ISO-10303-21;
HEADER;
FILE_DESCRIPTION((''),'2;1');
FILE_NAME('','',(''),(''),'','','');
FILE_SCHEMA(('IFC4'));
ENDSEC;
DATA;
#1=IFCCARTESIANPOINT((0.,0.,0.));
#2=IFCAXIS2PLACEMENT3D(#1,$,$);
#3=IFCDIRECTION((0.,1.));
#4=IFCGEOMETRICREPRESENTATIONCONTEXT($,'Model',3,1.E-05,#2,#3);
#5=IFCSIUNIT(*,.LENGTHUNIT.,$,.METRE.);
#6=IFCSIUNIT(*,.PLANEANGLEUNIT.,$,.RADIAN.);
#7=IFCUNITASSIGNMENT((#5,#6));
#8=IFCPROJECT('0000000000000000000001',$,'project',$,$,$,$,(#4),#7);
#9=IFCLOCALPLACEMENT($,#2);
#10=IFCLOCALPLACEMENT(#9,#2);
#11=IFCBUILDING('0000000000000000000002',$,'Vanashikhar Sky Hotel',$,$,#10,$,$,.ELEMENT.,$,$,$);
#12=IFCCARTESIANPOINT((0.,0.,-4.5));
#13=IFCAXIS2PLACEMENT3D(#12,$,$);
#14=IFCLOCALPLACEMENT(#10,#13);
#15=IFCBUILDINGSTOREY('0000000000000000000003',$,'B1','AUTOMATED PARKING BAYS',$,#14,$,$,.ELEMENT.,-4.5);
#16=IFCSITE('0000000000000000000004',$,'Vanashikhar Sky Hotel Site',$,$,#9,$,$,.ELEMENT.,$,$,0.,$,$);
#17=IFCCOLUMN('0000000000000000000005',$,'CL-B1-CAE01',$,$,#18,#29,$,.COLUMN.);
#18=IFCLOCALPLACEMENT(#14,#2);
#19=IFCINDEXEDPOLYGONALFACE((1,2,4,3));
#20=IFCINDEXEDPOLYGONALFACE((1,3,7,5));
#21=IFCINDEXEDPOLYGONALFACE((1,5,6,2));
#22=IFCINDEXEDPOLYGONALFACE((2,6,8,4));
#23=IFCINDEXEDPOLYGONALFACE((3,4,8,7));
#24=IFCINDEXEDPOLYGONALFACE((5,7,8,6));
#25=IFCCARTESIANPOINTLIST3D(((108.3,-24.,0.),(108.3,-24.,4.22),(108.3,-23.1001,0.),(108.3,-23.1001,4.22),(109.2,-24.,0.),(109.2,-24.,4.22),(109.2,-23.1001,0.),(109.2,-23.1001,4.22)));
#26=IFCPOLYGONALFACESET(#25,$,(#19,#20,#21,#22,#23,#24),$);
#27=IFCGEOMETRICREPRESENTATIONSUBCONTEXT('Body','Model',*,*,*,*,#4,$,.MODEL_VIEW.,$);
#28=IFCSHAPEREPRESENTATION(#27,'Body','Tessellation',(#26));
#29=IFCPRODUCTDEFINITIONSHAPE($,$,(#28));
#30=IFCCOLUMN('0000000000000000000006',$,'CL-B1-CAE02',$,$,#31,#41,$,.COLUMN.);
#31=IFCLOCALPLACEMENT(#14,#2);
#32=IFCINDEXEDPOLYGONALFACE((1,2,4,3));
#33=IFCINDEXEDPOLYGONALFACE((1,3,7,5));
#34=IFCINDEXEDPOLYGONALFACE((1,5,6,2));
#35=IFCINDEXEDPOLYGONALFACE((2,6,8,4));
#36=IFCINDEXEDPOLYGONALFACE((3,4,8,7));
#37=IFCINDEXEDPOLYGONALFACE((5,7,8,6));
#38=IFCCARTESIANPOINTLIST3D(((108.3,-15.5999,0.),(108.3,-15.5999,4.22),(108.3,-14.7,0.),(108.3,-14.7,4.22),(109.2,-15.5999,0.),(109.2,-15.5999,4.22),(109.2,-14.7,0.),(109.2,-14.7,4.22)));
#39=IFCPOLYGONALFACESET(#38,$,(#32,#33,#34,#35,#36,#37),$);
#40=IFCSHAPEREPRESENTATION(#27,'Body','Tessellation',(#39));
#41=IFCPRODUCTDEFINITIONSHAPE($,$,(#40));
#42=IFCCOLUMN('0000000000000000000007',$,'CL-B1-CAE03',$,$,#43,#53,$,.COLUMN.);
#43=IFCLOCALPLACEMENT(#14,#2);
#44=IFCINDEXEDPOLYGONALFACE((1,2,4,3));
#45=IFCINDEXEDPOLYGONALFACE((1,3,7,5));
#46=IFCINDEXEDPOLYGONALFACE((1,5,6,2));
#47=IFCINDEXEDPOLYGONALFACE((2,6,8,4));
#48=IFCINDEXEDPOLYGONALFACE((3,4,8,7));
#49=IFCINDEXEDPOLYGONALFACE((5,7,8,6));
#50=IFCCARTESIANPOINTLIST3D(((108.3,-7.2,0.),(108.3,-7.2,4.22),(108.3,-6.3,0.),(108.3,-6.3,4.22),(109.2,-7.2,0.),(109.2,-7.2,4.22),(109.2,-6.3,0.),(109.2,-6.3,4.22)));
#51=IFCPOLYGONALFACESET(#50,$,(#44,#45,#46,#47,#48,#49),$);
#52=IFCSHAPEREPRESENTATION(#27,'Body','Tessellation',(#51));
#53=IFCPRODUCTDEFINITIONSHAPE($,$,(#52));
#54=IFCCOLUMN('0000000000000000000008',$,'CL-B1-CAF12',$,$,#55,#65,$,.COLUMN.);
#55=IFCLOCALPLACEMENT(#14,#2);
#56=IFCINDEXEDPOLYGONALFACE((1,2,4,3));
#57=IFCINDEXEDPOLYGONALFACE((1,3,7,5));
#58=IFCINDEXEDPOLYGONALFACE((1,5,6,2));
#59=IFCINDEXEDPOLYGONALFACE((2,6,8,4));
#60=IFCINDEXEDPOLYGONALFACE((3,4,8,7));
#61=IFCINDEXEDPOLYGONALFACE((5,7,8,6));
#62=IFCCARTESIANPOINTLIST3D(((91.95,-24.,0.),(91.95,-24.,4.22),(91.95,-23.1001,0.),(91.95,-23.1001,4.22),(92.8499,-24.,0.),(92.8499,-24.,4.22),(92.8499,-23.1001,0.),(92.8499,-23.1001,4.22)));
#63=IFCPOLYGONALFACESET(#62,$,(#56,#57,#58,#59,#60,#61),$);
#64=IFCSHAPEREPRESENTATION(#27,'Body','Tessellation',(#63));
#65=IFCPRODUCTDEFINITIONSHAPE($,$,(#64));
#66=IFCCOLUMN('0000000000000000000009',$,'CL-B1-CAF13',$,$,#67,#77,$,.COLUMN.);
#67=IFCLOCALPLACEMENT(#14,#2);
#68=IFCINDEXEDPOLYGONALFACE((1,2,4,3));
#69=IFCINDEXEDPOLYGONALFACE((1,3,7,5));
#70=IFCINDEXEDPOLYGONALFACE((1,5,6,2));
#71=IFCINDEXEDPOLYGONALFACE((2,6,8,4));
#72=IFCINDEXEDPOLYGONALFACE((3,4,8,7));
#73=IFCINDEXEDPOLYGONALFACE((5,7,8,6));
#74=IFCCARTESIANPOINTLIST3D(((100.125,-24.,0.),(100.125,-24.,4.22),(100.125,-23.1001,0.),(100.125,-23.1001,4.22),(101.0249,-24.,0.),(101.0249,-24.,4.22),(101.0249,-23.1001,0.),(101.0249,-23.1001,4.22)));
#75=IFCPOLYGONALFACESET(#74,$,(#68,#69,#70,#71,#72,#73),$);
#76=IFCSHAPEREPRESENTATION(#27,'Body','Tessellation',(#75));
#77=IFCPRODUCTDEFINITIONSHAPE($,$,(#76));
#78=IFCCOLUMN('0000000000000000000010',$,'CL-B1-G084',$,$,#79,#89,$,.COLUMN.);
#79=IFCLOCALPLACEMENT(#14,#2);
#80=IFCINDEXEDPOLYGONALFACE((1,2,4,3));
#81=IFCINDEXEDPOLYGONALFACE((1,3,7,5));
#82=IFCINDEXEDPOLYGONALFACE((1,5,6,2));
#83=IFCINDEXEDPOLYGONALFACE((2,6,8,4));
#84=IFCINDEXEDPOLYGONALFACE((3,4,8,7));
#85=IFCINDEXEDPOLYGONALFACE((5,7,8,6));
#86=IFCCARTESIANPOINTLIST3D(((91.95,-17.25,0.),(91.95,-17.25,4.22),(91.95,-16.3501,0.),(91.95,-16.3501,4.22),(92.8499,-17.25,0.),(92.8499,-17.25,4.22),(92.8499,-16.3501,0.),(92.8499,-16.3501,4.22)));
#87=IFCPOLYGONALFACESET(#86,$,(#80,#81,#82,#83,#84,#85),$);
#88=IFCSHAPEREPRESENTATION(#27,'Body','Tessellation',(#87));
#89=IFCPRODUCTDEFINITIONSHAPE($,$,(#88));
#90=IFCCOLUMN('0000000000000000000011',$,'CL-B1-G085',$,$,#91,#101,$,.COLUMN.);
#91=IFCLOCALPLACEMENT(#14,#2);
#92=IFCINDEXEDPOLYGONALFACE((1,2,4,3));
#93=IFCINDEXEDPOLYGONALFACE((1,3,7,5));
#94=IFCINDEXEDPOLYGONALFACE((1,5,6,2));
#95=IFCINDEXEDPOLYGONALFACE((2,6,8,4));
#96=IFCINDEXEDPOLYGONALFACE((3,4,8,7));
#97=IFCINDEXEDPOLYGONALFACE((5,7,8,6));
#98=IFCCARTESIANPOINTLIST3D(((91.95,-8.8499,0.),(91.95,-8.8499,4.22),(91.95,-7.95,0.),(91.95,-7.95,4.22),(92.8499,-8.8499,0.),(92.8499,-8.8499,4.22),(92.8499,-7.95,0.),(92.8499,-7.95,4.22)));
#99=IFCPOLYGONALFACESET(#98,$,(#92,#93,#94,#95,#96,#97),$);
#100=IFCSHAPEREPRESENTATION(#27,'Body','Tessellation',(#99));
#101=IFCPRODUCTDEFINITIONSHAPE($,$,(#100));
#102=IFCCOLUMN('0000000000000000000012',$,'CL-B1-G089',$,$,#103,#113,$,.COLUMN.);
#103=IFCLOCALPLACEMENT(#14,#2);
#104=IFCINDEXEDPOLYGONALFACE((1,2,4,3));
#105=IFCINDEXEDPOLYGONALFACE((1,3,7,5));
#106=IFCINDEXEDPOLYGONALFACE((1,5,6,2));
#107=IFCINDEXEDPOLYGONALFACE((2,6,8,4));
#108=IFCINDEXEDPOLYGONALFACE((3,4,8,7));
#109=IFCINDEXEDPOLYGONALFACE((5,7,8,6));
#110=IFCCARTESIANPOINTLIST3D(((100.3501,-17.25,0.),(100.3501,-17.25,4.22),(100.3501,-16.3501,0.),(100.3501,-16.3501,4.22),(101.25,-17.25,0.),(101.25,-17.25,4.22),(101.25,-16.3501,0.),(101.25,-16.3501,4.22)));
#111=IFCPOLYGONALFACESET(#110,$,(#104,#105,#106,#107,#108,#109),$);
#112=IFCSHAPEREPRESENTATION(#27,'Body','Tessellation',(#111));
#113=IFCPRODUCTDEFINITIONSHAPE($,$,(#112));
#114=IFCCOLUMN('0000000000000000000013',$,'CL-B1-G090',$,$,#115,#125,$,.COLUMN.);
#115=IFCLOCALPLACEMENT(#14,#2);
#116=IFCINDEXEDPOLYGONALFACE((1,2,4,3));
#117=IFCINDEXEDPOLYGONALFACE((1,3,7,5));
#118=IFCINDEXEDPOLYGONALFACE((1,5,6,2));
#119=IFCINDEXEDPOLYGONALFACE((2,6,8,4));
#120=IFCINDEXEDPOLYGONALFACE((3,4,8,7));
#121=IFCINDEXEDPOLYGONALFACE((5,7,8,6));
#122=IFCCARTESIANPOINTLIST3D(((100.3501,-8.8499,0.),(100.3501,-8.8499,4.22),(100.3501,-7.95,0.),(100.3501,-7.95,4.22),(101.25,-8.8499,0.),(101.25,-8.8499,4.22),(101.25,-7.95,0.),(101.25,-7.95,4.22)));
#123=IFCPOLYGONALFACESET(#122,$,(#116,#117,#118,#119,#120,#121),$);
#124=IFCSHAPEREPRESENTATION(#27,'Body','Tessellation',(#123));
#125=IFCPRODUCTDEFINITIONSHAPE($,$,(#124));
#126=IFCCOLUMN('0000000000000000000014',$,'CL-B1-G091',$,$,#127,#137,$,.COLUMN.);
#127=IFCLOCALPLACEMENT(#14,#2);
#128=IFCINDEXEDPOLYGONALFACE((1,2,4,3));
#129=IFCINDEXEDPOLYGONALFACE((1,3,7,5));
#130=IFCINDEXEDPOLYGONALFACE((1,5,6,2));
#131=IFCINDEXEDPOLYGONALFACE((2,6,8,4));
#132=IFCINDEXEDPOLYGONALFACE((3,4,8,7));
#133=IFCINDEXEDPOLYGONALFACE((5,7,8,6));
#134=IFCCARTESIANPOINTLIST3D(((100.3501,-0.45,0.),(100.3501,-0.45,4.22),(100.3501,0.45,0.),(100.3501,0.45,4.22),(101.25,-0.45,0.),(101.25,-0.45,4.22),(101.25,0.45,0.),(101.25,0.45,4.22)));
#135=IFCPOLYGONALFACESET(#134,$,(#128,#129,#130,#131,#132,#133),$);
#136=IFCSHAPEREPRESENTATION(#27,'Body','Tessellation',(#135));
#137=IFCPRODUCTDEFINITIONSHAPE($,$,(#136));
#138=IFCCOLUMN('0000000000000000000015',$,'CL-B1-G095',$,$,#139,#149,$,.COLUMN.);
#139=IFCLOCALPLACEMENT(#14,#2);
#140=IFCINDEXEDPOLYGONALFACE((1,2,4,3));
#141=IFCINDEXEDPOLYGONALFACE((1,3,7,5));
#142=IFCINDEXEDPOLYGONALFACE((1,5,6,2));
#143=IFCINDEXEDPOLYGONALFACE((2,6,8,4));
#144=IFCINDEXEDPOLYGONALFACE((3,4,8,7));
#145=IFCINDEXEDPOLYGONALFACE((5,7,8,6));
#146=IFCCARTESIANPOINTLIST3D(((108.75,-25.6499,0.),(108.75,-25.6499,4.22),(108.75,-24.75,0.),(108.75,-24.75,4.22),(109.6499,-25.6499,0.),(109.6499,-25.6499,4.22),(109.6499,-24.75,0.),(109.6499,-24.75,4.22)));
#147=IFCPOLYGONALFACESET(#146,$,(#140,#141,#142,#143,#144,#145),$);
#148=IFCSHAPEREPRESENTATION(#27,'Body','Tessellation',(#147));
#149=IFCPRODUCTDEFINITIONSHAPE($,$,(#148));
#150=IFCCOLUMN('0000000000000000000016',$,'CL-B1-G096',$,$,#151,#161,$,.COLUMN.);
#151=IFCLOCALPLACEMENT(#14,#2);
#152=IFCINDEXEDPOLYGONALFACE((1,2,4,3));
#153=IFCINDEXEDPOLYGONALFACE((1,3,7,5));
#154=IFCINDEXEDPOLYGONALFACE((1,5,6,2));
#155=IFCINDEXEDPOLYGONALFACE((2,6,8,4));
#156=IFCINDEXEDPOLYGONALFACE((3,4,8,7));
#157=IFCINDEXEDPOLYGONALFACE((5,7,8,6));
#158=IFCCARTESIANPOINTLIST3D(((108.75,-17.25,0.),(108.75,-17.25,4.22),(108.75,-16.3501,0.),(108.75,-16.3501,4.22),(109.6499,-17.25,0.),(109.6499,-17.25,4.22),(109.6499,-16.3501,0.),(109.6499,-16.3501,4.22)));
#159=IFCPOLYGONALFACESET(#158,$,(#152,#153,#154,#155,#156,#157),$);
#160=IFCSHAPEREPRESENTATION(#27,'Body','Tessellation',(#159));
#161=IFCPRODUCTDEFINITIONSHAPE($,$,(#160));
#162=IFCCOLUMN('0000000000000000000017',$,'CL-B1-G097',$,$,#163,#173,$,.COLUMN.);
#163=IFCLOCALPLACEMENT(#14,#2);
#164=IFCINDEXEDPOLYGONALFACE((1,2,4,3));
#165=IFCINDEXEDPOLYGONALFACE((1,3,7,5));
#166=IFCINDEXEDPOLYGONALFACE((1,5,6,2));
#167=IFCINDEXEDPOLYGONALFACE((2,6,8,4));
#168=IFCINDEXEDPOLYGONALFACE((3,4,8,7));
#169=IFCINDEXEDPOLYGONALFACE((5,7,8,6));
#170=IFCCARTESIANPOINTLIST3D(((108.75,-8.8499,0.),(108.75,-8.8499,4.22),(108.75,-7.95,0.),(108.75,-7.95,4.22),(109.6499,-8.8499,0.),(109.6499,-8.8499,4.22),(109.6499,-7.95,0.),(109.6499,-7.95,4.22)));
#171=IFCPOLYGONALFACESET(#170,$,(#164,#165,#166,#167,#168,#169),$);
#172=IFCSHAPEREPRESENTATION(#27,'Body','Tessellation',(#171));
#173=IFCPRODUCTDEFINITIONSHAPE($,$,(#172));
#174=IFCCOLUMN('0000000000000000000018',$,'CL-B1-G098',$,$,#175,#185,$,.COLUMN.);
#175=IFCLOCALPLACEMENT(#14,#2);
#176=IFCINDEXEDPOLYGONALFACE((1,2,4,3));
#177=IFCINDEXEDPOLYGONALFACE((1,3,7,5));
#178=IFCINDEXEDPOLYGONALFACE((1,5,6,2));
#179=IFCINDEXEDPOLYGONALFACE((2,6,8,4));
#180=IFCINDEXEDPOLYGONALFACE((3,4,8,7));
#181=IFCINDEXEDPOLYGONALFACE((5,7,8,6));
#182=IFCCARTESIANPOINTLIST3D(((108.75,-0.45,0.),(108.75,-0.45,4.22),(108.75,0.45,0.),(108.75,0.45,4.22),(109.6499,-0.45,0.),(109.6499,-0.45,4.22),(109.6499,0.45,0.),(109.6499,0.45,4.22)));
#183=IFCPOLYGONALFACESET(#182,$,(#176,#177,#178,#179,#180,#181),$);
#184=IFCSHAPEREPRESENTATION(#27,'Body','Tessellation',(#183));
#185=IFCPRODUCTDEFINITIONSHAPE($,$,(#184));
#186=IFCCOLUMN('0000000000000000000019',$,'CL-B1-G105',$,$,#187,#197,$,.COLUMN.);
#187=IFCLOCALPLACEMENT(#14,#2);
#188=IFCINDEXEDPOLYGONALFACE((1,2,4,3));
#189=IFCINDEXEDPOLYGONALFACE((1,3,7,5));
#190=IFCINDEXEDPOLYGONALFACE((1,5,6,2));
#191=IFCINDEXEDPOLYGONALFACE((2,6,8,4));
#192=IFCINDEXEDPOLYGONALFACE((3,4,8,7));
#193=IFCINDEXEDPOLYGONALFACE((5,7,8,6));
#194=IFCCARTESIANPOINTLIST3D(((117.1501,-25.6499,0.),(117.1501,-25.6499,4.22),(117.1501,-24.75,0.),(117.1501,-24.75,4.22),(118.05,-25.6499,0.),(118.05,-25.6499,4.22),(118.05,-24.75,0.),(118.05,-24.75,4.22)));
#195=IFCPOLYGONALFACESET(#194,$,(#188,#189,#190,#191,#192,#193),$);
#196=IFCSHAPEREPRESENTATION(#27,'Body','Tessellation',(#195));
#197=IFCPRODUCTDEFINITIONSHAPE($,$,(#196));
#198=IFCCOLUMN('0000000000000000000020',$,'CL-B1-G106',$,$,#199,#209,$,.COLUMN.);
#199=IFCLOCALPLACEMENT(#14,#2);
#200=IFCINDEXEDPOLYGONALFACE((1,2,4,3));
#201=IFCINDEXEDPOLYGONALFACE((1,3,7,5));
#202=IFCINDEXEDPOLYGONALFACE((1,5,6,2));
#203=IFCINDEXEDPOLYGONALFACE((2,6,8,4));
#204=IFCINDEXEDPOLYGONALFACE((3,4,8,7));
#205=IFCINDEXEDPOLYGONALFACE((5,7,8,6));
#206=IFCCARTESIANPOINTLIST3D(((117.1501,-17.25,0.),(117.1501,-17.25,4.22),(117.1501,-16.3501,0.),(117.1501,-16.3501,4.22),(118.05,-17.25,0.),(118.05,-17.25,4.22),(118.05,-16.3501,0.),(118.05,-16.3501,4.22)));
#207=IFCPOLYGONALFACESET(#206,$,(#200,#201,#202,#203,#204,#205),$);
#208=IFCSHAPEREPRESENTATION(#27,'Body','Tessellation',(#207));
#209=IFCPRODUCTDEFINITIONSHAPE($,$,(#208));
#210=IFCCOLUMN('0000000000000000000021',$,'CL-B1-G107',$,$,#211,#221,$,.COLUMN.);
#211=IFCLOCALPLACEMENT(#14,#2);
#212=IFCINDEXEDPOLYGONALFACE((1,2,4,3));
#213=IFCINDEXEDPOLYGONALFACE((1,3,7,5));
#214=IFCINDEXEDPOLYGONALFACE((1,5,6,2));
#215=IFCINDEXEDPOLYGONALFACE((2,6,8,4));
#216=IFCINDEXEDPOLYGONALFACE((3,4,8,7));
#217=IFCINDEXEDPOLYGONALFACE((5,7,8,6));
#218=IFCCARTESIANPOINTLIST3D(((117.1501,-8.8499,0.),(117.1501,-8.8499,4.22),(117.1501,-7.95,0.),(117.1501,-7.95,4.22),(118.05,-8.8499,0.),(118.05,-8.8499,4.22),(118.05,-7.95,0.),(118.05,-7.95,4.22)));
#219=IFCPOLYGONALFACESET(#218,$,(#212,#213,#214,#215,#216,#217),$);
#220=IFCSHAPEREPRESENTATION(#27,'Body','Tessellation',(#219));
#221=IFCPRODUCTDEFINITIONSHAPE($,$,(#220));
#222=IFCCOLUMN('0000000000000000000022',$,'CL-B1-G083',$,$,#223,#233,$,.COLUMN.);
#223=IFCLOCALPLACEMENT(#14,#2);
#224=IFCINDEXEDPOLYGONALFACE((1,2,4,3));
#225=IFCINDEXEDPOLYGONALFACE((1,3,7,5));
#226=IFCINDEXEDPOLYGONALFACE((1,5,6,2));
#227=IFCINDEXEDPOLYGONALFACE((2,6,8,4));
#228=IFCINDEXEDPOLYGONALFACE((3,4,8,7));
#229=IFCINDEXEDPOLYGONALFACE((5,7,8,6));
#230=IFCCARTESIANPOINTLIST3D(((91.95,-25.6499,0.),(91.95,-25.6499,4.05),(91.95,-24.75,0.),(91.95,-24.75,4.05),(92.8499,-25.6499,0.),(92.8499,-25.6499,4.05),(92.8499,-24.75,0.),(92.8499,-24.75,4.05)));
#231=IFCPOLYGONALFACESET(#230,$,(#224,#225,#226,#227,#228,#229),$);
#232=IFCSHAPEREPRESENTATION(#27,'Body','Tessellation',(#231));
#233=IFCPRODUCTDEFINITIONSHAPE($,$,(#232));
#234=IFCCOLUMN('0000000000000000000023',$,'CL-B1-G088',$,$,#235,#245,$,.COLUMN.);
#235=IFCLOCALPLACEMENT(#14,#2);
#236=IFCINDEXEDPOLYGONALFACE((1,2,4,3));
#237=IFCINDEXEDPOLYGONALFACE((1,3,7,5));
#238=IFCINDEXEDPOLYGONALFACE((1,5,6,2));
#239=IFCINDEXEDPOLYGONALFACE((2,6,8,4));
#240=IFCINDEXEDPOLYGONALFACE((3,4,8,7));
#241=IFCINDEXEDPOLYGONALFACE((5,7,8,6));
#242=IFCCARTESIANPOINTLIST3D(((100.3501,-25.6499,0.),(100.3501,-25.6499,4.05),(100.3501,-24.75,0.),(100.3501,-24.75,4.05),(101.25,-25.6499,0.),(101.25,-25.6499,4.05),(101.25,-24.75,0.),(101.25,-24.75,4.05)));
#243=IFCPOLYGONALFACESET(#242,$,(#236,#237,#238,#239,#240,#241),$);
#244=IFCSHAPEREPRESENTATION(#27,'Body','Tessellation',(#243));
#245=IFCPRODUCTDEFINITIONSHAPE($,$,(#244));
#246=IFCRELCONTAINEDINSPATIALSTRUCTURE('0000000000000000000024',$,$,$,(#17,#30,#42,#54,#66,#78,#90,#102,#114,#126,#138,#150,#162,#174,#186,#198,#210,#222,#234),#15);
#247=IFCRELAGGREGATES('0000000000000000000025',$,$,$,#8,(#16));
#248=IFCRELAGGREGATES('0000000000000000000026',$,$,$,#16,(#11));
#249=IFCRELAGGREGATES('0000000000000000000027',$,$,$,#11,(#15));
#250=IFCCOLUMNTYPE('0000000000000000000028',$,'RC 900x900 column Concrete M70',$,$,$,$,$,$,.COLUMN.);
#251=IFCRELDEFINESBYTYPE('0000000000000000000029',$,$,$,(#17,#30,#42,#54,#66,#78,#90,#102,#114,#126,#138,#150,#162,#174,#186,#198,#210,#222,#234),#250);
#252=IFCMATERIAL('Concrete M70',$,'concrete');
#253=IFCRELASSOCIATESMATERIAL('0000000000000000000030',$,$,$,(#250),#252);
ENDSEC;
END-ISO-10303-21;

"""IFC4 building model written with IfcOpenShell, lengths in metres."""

from ifc_helpers import new_model, si_unit, direction, frame, origin, origin_2d, place, context, subcontext, project, spatial, rectangle, extrude, source, transform, mapped, material, material_profile, profile_set, type_object, element, save


model = new_model("IFC4")

# Units and contexts
model_context = context("Model", 3, precision=1e-05, world=origin(), true_north=direction((0.0, 1.0)))
body_context = subcontext(model_context, "Body", "Model", "MODEL_VIEW")
ifc_project = project(units=[si_unit("LENGTHUNIT", "METRE"), si_unit("PLANEANGLEUNIT", "RADIAN")], contexts=[model_context])

# Site, building, storey
site_placement = place(None, origin())
site = spatial("IfcSite", under=ifc_project, at=site_placement, Name="Vanashikhar Sky Hotel Site", CompositionType="ELEMENT", RefElevation=0.0)
building_placement = place(site_placement, origin())
building = spatial("IfcBuilding", under=site, at=building_placement, Name="Vanashikhar Sky Hotel", CompositionType="ELEMENT")
storey_placement = place(building_placement, frame((0.0, 0.0, -4.5)))
storey = spatial("IfcBuildingStorey", under=building, at=storey_placement, Name="B1", Description="AUTOMATED PARKING BAYS", CompositionType="ELEMENT", Elevation=-4.5)

# Columns
ifc_material_1 = material(Name="Concrete M70", Category="concrete")
ifc_material_profile = material_profile(ifc_material_1, rectangle(XDim=0.8999, YDim=0.8999, at=origin_2d()))
ifc_profile_set = profile_set([ifc_material_profile], Name="RC 900x900 column Concrete M70")
column_type = type_object("IfcColumnType", Name="RC 900x900 column Concrete M70", PredefinedType="COLUMN", material=ifc_profile_set)
shared_shape_1 = source(origin(), body_context, "Body", "SweptSolid", [
    extrude(rectangle(XDim=0.8999, YDim=0.8999, at=origin_2d()), origin(), (0.0, 0.0, 1.0), 4.22),
])
for number, where, z_axis, x_axis, name in (
    (1, (108.75, -23.55, 0.0), (0.0, 0.0, 1.0), (1.0, 0.0, 0.0), "CL-B1-CAE01"),
    (2, (108.75, -15.1499, 0.0), (0.0, 0.0, 1.0), (1.0, 0.0, 0.0), "CL-B1-CAE02"),
    (3, (108.75, -6.75, 0.0), (0.0, 0.0, 1.0), (1.0, 0.0, 0.0), "CL-B1-CAE03"),
    (4, (92.3999, -23.55, 0.0), (0.0, 0.0, 1.0), (1.0, 0.0, 0.0), "CL-B1-CAF12"),
    (5, (100.575, -23.55, 0.0), (0.0, 0.0, 1.0), (1.0, 0.0, 0.0), "CL-B1-CAF13"),
    (6, (92.3999, -16.8, 0.0), (0.0, 0.0, 1.0), (1.0, 0.0, 0.0), "CL-B1-G084"),
    (7, (92.3999, -8.3999, 0.0), (0.0, 0.0, 1.0), (1.0, 0.0, 0.0), "CL-B1-G085"),
    (8, (100.8, -16.8, 0.0), (0.0, 0.0, 1.0), (1.0, 0.0, 0.0), "CL-B1-G089"),
    (9, (100.8, -8.3999, 0.0), (0.0, 0.0, 1.0), (1.0, 0.0, 0.0), "CL-B1-G090"),
    (10, (100.8, 0.0, 0.0), (0.0, 0.0, 1.0), (1.0, 0.0, 0.0), "CL-B1-G091"),
    (11, (109.2, -25.2, 0.0), (0.0, 0.0, 1.0), (1.0, 0.0, 0.0), "CL-B1-G095"),
    (12, (109.2, -16.8, 0.0), (0.0, 0.0, 1.0), (1.0, 0.0, 0.0), "CL-B1-G096"),
    (13, (109.2, -8.3999, 0.0), (0.0, 0.0, 1.0), (1.0, 0.0, 0.0), "CL-B1-G097"),
    (14, (109.2, 0.0, 0.0), (0.0, 0.0, 1.0), (1.0, 0.0, 0.0), "CL-B1-G098"),
    (15, (117.6001, -25.2, 0.0), (0.0, 0.0, 1.0), (1.0, 0.0, 0.0), "CL-B1-G105"),
    (16, (117.6001, -16.8, 0.0), (0.0, 0.0, 1.0), (1.0, 0.0, 0.0), "CL-B1-G106"),
    (17, (117.6001, -8.3999, 0.0), (0.0, 0.0, 1.0), (1.0, 0.0, 0.0), "CL-B1-G107"),
):
    element("IfcColumn", number, at=place(storey_placement, frame(where, z_axis=z_axis, x_axis=x_axis)), inside=storey, type_object=column_type, Name=name, PredefinedType="COLUMN", context=body_context, shape_type="MappedRepresentation", body=[
        mapped(shared_shape_1, transform((0.0, 0.0, 0.0), scale=1.0)),
    ])
shared_shape_2 = source(origin(), body_context, "Body", "SweptSolid", [
    extrude(rectangle(XDim=0.8999, YDim=0.8999, at=origin_2d()), origin(), (0.0, 0.0, 1.0), 4.05),
])
for number, where, z_axis, x_axis, name in (
    (18, (92.3999, -25.2, 0.0), (0.0, 0.0, 1.0), (1.0, 0.0, 0.0), "CL-B1-G083"),
    (19, (100.8, -25.2, 0.0), (0.0, 0.0, 1.0), (1.0, 0.0, 0.0), "CL-B1-G088"),
):
    element("IfcColumn", number, at=place(storey_placement, frame(where, z_axis=z_axis, x_axis=x_axis)), inside=storey, type_object=column_type, Name=name, PredefinedType="COLUMN", context=body_context, shape_type="MappedRepresentation", body=[
        mapped(shared_shape_2, transform((0.0, 0.0, 0.0), scale=1.0)),
    ])

save(model, "model.ifc")
